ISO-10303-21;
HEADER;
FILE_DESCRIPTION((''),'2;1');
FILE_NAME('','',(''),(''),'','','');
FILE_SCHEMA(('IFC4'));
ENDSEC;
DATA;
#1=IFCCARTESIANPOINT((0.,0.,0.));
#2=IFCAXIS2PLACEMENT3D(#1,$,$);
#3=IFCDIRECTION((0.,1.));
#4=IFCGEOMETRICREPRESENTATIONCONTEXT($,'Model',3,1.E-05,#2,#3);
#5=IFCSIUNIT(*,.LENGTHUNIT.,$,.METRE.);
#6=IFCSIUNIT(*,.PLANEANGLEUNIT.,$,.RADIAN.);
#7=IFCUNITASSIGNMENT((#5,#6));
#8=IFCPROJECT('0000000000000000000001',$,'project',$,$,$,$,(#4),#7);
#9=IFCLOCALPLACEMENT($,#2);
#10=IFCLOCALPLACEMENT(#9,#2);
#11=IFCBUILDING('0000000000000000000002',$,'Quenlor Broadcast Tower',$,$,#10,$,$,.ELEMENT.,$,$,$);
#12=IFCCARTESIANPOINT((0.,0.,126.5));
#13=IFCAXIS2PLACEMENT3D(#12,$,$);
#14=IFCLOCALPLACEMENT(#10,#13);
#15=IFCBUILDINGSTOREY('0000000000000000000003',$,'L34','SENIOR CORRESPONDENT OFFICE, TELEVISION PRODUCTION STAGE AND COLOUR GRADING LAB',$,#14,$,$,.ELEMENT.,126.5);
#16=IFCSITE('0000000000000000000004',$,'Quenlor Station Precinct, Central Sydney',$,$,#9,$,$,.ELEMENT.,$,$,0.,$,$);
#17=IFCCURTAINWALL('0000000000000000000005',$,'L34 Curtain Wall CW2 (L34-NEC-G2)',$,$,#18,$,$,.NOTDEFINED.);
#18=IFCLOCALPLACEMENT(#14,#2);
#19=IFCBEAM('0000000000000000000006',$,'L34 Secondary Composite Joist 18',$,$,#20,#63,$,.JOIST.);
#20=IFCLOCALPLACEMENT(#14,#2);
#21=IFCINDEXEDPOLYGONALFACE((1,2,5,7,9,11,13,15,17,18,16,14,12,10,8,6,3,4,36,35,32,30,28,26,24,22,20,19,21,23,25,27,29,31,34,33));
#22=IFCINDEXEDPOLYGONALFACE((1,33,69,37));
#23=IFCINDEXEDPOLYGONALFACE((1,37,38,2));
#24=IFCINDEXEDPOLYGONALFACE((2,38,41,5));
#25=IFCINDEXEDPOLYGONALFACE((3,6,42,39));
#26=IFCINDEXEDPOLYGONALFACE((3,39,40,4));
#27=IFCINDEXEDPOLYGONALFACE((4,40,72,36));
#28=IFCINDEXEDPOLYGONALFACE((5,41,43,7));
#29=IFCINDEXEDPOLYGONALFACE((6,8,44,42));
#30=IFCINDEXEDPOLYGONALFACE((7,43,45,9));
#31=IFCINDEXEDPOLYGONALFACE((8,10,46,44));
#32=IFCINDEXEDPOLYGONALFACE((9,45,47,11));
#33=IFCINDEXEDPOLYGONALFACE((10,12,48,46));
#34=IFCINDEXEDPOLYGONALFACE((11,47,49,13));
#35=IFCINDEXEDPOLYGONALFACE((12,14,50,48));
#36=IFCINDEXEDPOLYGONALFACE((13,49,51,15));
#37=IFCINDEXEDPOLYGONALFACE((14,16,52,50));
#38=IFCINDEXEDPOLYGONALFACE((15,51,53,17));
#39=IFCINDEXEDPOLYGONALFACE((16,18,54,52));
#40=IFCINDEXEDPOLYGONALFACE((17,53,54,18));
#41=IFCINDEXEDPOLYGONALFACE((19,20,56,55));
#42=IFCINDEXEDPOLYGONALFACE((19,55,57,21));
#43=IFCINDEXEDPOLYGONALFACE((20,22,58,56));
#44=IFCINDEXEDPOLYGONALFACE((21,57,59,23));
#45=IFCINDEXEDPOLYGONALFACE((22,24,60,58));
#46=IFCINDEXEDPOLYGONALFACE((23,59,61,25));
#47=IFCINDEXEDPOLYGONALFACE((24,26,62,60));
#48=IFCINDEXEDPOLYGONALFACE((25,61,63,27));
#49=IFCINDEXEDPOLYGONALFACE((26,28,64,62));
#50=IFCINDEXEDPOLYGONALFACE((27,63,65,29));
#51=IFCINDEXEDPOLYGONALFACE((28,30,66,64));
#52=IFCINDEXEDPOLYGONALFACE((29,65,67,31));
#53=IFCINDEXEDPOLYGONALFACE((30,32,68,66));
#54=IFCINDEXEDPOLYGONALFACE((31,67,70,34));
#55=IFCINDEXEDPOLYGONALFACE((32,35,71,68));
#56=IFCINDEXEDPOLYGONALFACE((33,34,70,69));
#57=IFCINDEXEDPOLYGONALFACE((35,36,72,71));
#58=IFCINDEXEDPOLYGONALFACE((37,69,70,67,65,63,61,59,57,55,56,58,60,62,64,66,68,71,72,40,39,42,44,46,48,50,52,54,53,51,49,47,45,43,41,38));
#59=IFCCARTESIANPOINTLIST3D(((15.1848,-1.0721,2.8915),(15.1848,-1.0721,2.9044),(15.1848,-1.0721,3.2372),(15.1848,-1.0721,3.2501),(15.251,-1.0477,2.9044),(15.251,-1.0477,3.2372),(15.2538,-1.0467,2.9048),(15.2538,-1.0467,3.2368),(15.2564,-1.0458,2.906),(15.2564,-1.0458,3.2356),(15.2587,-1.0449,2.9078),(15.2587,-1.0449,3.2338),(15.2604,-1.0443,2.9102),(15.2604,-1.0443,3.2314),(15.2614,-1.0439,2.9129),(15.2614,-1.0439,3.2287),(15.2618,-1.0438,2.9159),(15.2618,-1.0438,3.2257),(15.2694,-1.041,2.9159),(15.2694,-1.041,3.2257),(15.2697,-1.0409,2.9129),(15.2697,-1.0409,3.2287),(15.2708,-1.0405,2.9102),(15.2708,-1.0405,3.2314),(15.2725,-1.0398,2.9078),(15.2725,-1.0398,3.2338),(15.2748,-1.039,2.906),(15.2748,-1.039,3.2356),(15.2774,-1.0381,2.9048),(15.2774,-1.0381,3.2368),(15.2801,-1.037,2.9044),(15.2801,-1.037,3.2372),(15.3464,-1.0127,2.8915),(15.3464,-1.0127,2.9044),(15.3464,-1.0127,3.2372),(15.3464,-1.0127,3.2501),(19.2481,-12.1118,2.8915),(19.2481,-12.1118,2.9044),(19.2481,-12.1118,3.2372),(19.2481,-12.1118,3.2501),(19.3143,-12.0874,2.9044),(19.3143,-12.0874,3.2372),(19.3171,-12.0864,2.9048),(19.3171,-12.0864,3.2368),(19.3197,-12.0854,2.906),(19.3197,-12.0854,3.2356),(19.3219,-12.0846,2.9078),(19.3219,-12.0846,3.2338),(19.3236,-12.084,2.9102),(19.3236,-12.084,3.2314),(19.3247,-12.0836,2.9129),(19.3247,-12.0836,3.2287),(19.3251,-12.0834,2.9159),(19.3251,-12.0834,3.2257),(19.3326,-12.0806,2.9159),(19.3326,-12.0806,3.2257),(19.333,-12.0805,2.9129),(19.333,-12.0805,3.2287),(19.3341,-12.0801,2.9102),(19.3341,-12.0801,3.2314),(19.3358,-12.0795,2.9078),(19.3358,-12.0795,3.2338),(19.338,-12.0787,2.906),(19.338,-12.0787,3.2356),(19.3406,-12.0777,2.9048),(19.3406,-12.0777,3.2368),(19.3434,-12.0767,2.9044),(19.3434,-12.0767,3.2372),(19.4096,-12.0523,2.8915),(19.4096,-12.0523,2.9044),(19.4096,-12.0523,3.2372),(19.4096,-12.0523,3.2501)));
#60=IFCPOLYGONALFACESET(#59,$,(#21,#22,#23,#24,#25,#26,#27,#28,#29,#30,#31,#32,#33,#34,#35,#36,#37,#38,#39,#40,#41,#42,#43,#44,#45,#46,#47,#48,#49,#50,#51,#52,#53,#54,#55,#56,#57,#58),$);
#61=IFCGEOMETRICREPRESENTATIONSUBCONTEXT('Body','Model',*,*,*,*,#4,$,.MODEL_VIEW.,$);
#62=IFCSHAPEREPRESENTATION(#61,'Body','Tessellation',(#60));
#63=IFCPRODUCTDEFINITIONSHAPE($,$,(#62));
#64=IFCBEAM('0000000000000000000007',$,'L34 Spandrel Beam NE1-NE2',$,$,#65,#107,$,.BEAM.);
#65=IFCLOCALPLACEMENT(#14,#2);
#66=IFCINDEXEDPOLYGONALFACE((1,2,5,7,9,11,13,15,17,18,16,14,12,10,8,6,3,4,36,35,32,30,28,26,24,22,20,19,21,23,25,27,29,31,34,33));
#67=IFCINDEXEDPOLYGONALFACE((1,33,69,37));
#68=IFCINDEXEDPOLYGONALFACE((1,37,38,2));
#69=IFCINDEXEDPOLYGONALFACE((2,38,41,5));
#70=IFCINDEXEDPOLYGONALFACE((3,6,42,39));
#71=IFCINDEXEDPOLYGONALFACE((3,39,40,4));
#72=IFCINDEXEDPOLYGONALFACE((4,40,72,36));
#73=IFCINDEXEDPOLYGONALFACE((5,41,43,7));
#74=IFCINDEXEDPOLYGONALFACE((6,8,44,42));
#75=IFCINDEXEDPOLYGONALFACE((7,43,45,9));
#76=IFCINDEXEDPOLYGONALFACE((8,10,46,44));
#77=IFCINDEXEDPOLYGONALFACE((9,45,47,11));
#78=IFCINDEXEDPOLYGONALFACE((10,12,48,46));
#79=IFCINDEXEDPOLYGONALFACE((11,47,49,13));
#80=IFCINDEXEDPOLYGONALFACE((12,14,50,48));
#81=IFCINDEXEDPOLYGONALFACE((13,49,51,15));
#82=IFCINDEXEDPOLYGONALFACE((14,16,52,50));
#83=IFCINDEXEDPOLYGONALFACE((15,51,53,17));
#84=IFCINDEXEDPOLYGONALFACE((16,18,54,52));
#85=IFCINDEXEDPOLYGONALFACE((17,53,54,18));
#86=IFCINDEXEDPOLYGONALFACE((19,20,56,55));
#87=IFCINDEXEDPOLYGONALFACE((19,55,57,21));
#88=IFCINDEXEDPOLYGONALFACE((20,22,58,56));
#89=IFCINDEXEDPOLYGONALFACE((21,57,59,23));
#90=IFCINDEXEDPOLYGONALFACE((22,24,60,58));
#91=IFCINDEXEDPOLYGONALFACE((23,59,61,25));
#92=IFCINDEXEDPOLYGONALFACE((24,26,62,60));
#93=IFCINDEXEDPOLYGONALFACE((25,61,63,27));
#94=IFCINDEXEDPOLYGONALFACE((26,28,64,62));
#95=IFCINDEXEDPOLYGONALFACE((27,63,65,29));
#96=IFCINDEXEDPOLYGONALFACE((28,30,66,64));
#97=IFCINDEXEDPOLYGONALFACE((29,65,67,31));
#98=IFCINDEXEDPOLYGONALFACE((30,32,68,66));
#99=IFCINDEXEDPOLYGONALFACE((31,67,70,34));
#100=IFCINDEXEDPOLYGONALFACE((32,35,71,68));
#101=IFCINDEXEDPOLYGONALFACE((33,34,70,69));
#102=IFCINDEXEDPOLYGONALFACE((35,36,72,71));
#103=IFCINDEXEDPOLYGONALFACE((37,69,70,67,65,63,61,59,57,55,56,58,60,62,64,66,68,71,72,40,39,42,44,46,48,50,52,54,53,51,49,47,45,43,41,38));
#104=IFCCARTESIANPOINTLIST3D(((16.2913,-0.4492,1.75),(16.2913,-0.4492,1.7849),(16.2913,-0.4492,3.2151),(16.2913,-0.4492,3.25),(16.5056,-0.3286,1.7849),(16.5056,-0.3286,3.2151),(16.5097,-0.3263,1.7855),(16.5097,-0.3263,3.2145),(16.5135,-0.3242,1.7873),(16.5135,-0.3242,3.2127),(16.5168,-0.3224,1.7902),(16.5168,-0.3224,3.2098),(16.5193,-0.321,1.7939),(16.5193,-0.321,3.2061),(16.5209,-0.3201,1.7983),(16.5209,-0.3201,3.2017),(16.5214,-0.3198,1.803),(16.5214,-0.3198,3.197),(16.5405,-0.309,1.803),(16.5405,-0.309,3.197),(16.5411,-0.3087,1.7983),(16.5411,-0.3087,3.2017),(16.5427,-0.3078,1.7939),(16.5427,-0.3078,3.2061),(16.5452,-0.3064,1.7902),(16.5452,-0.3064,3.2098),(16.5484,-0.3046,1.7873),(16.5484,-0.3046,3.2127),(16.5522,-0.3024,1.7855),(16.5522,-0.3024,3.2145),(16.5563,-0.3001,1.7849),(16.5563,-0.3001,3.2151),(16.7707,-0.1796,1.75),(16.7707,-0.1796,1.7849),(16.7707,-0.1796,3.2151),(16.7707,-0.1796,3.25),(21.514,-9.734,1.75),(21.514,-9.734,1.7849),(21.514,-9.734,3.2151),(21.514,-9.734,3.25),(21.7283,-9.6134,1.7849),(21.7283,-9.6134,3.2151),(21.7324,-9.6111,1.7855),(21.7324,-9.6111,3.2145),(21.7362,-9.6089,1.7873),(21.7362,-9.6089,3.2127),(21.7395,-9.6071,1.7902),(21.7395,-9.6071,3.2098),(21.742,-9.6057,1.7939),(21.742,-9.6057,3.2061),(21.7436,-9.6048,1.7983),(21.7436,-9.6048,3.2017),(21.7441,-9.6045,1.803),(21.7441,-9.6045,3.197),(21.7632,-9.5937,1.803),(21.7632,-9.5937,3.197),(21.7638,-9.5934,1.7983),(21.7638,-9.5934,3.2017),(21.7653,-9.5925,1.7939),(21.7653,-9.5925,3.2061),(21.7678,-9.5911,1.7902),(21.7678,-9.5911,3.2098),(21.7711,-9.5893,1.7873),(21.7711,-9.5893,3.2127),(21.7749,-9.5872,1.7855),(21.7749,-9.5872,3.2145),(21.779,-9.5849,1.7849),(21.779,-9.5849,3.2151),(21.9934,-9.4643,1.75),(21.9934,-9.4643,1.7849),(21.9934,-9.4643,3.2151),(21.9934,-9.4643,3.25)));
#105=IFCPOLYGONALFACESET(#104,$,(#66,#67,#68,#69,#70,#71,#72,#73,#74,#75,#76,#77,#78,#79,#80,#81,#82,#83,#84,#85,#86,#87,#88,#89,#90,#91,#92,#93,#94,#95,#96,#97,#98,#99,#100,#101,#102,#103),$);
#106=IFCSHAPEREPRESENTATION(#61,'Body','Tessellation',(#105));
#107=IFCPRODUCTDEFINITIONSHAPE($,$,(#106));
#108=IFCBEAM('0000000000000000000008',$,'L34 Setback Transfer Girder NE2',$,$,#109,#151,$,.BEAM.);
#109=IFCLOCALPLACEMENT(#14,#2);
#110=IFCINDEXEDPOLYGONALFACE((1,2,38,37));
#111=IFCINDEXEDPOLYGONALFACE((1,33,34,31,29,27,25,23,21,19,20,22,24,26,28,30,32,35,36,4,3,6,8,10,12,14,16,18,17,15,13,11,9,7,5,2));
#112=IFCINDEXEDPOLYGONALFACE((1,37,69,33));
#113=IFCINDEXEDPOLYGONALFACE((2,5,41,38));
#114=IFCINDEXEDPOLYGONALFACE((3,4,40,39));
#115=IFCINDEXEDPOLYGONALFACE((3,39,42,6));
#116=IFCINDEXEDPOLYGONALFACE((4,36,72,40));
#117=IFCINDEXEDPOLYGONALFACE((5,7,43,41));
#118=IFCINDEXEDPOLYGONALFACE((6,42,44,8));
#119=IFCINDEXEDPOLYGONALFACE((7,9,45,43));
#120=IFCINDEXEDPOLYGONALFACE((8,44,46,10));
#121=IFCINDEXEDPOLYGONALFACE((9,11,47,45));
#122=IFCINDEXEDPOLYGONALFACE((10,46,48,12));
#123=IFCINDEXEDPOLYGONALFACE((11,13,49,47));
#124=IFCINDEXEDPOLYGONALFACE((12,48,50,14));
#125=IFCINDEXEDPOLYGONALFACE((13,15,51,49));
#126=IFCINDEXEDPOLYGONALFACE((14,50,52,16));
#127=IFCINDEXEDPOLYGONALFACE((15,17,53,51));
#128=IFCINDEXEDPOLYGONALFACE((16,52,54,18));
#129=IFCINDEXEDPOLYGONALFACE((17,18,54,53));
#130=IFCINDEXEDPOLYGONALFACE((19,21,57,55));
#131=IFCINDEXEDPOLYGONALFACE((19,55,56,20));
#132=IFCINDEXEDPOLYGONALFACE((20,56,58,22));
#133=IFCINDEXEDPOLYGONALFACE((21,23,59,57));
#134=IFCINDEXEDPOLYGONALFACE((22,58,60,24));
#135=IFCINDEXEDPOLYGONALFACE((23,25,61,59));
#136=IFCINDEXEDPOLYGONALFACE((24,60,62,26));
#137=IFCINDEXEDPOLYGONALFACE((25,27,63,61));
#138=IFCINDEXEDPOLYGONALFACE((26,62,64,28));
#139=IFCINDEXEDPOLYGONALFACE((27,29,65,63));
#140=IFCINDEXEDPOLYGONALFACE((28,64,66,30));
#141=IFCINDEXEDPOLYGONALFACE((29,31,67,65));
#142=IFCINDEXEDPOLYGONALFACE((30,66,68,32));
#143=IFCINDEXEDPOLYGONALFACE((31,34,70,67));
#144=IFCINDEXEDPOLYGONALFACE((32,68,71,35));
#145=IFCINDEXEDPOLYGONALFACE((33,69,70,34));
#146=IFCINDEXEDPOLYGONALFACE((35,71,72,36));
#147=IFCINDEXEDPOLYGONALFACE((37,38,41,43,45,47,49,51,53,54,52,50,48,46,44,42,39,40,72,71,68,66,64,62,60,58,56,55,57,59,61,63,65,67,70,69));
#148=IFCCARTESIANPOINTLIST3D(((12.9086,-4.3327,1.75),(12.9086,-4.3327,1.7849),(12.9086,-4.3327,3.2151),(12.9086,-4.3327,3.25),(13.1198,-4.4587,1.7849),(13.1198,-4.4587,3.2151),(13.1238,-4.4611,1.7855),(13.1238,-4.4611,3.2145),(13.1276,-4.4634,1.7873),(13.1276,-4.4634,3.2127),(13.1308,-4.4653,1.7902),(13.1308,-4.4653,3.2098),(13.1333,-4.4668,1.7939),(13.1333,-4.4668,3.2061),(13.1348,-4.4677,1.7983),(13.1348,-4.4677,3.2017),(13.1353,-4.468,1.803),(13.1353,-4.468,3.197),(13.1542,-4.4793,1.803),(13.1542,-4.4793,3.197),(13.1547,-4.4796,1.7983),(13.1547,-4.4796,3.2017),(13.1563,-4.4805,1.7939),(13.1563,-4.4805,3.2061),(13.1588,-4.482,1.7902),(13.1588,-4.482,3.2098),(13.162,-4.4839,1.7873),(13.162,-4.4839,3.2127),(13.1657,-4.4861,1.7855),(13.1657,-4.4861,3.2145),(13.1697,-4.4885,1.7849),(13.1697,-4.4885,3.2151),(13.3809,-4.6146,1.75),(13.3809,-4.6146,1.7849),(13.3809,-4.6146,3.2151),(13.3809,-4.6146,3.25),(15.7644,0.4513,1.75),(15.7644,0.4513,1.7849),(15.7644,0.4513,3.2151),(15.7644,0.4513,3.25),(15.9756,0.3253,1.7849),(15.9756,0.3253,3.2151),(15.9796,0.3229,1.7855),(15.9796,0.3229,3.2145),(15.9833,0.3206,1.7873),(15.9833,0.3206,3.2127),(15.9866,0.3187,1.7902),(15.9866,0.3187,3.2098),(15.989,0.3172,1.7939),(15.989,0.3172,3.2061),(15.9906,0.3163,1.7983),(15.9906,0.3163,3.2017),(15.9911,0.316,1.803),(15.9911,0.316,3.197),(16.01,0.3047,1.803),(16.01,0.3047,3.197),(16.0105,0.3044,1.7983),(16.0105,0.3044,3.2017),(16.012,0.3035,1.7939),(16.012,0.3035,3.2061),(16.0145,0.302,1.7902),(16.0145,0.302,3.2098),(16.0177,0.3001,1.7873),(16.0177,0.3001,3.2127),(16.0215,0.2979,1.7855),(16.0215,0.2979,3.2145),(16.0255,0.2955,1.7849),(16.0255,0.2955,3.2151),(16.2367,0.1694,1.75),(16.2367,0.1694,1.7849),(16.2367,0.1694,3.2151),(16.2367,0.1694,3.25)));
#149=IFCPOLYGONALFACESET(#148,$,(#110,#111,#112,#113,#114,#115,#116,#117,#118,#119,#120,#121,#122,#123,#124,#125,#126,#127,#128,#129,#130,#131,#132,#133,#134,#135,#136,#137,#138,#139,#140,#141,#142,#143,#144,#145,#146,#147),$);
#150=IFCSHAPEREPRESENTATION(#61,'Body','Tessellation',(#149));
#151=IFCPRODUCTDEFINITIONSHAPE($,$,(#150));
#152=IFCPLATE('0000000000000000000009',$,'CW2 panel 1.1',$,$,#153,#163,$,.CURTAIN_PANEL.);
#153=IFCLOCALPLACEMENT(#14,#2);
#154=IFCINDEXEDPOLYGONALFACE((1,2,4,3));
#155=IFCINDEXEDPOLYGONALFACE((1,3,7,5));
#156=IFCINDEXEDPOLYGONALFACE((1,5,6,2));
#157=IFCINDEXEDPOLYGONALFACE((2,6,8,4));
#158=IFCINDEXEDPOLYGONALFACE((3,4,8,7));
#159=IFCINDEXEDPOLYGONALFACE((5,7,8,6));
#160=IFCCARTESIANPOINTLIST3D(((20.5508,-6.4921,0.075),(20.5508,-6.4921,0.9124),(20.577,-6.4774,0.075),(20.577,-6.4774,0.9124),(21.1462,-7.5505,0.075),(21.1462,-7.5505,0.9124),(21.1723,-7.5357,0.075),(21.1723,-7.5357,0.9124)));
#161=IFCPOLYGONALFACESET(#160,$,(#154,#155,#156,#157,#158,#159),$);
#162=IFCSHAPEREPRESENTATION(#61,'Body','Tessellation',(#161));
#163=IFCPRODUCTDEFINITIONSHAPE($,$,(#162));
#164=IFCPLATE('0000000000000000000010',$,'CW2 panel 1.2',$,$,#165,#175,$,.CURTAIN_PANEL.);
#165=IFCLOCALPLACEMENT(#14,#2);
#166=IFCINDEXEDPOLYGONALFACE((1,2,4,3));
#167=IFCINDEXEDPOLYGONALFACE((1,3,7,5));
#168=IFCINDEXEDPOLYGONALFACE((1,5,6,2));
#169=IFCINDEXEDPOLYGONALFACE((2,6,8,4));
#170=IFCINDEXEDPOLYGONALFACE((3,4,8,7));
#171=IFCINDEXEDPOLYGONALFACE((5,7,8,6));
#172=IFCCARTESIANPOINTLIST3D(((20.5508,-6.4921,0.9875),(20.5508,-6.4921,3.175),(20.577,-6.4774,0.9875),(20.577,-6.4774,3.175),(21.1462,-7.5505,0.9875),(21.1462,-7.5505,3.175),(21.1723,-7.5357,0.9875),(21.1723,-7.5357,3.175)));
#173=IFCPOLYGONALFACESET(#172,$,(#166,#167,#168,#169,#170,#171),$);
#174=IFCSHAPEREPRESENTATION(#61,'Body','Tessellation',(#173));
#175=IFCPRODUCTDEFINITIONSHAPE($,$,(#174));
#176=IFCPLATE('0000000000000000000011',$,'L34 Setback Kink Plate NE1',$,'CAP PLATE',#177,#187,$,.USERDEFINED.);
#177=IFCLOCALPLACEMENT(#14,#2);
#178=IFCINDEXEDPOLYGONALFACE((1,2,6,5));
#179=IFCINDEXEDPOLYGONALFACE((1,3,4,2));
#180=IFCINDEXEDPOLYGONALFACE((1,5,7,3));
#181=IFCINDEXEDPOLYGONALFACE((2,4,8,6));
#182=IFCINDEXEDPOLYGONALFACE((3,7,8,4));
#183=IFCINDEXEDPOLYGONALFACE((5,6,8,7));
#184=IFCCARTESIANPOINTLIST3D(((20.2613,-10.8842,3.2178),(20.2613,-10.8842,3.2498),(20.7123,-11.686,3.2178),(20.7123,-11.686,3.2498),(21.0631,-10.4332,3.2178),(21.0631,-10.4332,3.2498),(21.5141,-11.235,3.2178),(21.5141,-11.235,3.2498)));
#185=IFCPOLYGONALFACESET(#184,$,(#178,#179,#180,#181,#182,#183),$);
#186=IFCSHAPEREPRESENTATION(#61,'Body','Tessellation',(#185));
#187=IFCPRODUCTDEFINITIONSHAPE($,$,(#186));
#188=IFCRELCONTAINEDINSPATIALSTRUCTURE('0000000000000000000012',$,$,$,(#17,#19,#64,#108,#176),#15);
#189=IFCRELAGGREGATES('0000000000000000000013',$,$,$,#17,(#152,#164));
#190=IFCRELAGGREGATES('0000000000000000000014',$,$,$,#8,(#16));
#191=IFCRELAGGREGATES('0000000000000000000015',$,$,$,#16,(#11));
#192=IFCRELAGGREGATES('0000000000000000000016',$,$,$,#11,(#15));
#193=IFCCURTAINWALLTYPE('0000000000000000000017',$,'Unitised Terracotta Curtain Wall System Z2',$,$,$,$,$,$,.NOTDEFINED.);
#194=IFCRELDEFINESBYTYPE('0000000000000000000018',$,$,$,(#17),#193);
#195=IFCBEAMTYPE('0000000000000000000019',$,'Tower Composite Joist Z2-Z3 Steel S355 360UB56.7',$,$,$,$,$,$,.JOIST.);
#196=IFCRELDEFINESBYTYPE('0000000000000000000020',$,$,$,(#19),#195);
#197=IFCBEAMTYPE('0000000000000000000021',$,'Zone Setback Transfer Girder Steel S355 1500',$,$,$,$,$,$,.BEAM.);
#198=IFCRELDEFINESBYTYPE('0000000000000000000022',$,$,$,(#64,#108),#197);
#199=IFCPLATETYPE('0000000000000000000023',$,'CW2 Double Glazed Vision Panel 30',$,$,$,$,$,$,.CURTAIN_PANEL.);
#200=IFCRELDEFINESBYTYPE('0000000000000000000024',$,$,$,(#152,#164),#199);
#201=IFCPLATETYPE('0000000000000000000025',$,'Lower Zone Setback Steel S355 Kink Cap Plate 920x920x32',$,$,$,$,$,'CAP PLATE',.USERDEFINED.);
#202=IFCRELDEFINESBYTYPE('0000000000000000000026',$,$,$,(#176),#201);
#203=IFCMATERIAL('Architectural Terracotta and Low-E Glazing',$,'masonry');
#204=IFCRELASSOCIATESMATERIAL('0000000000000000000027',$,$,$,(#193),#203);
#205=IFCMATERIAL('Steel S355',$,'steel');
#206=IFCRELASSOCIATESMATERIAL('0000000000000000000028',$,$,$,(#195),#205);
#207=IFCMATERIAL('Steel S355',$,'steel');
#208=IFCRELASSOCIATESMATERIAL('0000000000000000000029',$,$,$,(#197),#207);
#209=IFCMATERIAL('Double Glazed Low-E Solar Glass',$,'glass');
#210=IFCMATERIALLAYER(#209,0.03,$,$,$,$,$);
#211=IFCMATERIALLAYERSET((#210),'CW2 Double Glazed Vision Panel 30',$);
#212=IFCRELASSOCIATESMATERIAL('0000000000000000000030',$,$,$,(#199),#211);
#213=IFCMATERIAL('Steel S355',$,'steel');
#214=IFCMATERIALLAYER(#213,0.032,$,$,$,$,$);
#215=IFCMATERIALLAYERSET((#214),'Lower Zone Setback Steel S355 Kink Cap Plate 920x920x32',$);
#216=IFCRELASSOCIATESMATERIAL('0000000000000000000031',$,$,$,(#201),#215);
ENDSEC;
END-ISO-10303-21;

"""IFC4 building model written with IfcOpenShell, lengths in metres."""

from ifc_helpers import new_model, si_unit, direction, frame, origin, origin_2d, place, context, subcontext, project, spatial, rectangle, i_section, extrude, material, layer, layer_set, material_profile, profile_set, type_object, element, aggregate, save


model = new_model("IFC4")

# Units and contexts
model_context = context("Model", 3, precision=1e-05, world=origin(), true_north=direction((0.0, 1.0)))
body_context = subcontext(model_context, "Body", "Model", "MODEL_VIEW")
ifc_project = project(units=[si_unit("LENGTHUNIT", "METRE"), si_unit("PLANEANGLEUNIT", "RADIAN")], contexts=[model_context])

# Site, building, storey
site_placement = place(None, origin())
site = spatial("IfcSite", under=ifc_project, at=site_placement, Name="Quenlor Station Precinct, Central Sydney", CompositionType="ELEMENT", RefElevation=0.0)
building_placement = place(site_placement, origin())
building = spatial("IfcBuilding", under=site, at=building_placement, Name="Quenlor Broadcast Tower", CompositionType="ELEMENT")
storey_placement = place(building_placement, frame((0.0, 0.0, 126.5)))
storey = spatial("IfcBuildingStorey", under=building, at=storey_placement, Name="L34", Description="SENIOR CORRESPONDENT OFFICE, TELEVISION PRODUCTION STAGE AND COLOUR GRADING LAB", CompositionType="ELEMENT", Elevation=126.5)

# Curtain wall
ifc_material_1 = material(Name="Architectural Terracotta and Low-E Glazing", Category="masonry")
curtain_wall_type = type_object("IfcCurtainWallType", Name="Unitised Terracotta Curtain Wall System Z2", PredefinedType="NOTDEFINED", material=ifc_material_1)
curtain_wall_placement = place(storey_placement, origin())
curtain_wall = element("IfcCurtainWall", 1, at=curtain_wall_placement, inside=storey, type_object=curtain_wall_type, Name="L34 Curtain Wall CW2 (L34-NEC-G2)", PredefinedType="NOTDEFINED")

# Beams
ifc_material_2 = material(Name="Steel S355", Category="steel")
ifc_material_profile_1 = material_profile(ifc_material_2, i_section(OverallWidth=0.1721, OverallDepth=0.3586, WebThickness=0.0081, FlangeThickness=0.0129, FilletRadius=0.0115, at=origin_2d()))
ifc_profile_set_1 = profile_set([ifc_material_profile_1], Name="Steel S355 360UB56.7")
beam_type_1 = type_object("IfcBeamType", Name="Tower Composite Joist Z2-Z3 Steel S355 360UB56.7", PredefinedType="JOIST", material=ifc_profile_set_1)
beam_1_placement = place(storey_placement, frame((19.3289, -12.082, 3.0708), z_axis=(-0.345408, 0.938453, 0.0), x_axis=(-0.938453, -0.345408, 0.0)))
element("IfcBeam", 2, at=beam_1_placement, inside=storey, type_object=beam_type_1, Name="L34 Secondary Composite Joist 18", PredefinedType="JOIST", context=body_context, shape_type="SweptSolid", body=[
    extrude(i_section(OverallWidth=0.1721, OverallDepth=0.3586, WebThickness=0.0081, FlangeThickness=0.0129, FilletRadius=0.0115, at=origin_2d()), origin(), (0.0, 0.0, 1.0), 11.7637),
])
ifc_material_3 = material(Name="Steel S355", Category="steel")
ifc_material_profile_2 = material_profile(ifc_material_3, i_section(OverallWidth=0.55, OverallDepth=1.5, WebThickness=0.022, FlangeThickness=0.0349, FilletRadius=0.0181, at=origin_2d()))
ifc_profile_set_2 = profile_set([ifc_material_profile_2], Name="Steel S355 1500TG510")
beam_type_2 = type_object("IfcBeamType", Name="Zone Setback Transfer Girder Steel S355 1500", PredefinedType="BEAM", material=ifc_profile_set_2)
beam_2_placement = place(storey_placement, frame((21.7537, -9.5991, 2.5), z_axis=(-0.490263, 0.871574, 0.0), x_axis=(-0.871574, -0.490263, 0.0)))
element("IfcBeam", 3, at=beam_2_placement, inside=storey, type_object=beam_type_2, Name="L34 Spandrel Beam NE1-NE2", PredefinedType="BEAM", context=body_context, shape_type="SweptSolid", body=[
    extrude(i_section(OverallWidth=0.55, OverallDepth=1.5, WebThickness=0.022, FlangeThickness=0.0349, FilletRadius=0.0181, at=origin_2d()), origin(), (0.0, 0.0, 1.0), 10.6528),
])
beam_3_placement = place(storey_placement, frame((13.1448, -4.4736, 2.5), z_axis=(0.512561, 0.858651, 0.0), x_axis=(-0.858651, 0.512561, 0.0)))
element("IfcBeam", 4, at=beam_3_placement, inside=storey, type_object=beam_type_2, Name="L34 Setback Transfer Girder NE2", PredefinedType="BEAM", context=body_context, shape_type="SweptSolid", body=[
    extrude(i_section(OverallWidth=0.55, OverallDepth=1.5, WebThickness=0.022, FlangeThickness=0.0349, FilletRadius=0.0181, at=origin_2d()), origin(), (0.0, 0.0, 1.0), 5.5715),
])

# Plates
ifc_material_4 = material(Name="Double Glazed Low-E Solar Glass", Category="glass")
ifc_layer_1 = layer(ifc_material_4, 0.03)
ifc_layer_set_1 = layer_set([ifc_layer_1], Name="CW2 Double Glazed Vision Panel 30")
plate_type_1 = type_object("IfcPlateType", Name="CW2 Double Glazed Vision Panel 30", PredefinedType="CURTAIN_PANEL", material=ifc_layer_set_1)
plate_1_placement = place(storey_placement, frame((20.8616, -7.0139, 0.075), z_axis=(0.0, 0.0, 1.0), x_axis=(0.490279, -0.871566, 0.0)))
plate_1 = element("IfcPlate", 5, at=plate_1_placement, type_object=plate_type_1, Name="CW2 panel 1.1", PredefinedType="CURTAIN_PANEL", context=body_context, shape_type="SweptSolid", body=[
    extrude(rectangle(XDim=1.2144, YDim=0.03, at=origin_2d()), origin(), (0.0, 0.0, 1.0), 0.8374),
])
plate_2_placement = place(storey_placement, frame((20.8616, -7.0139, 0.9875), z_axis=(0.0, 0.0, 1.0), x_axis=(0.490279, -0.871566, 0.0)))
plate_2 = element("IfcPlate", 6, at=plate_2_placement, type_object=plate_type_1, Name="CW2 panel 1.2", PredefinedType="CURTAIN_PANEL", context=body_context, shape_type="SweptSolid", body=[
    extrude(rectangle(XDim=1.2144, YDim=0.03, at=origin_2d()), origin(), (0.0, 0.0, 1.0), 2.1875),
])
aggregate(curtain_wall, [plate_1, plate_2])

# Plate
ifc_material_5 = material(Name="Steel S355", Category="steel")
ifc_layer_2 = layer(ifc_material_5, 0.032)
ifc_layer_set_2 = layer_set([ifc_layer_2], Name="Lower Zone Setback Steel S355 Kink Cap Plate 920x920x32")
plate_type_2 = type_object("IfcPlateType", Name="Lower Zone Setback Steel S355 Kink Cap Plate 920x920x32", ElementType="CAP PLATE", PredefinedType="USERDEFINED", material=ifc_layer_set_2)
plate_3_placement = place(storey_placement, frame((20.8877, -11.0596, 3.2178), z_axis=(0.0, 0.0, 1.0), x_axis=(0.871575, 0.490262, 0.0)))
element("IfcPlate", 7, at=plate_3_placement, inside=storey, type_object=plate_type_2, Name="L34 Setback Kink Plate NE1", ObjectType="CAP PLATE", PredefinedType="USERDEFINED", context=body_context, shape_type="SweptSolid", body=[
    extrude(rectangle(XDim=0.9199, YDim=0.9199, at=origin_2d()), origin(), (0.0, 0.0, 1.0), 0.032),
])

save(model, "model.ifc")
